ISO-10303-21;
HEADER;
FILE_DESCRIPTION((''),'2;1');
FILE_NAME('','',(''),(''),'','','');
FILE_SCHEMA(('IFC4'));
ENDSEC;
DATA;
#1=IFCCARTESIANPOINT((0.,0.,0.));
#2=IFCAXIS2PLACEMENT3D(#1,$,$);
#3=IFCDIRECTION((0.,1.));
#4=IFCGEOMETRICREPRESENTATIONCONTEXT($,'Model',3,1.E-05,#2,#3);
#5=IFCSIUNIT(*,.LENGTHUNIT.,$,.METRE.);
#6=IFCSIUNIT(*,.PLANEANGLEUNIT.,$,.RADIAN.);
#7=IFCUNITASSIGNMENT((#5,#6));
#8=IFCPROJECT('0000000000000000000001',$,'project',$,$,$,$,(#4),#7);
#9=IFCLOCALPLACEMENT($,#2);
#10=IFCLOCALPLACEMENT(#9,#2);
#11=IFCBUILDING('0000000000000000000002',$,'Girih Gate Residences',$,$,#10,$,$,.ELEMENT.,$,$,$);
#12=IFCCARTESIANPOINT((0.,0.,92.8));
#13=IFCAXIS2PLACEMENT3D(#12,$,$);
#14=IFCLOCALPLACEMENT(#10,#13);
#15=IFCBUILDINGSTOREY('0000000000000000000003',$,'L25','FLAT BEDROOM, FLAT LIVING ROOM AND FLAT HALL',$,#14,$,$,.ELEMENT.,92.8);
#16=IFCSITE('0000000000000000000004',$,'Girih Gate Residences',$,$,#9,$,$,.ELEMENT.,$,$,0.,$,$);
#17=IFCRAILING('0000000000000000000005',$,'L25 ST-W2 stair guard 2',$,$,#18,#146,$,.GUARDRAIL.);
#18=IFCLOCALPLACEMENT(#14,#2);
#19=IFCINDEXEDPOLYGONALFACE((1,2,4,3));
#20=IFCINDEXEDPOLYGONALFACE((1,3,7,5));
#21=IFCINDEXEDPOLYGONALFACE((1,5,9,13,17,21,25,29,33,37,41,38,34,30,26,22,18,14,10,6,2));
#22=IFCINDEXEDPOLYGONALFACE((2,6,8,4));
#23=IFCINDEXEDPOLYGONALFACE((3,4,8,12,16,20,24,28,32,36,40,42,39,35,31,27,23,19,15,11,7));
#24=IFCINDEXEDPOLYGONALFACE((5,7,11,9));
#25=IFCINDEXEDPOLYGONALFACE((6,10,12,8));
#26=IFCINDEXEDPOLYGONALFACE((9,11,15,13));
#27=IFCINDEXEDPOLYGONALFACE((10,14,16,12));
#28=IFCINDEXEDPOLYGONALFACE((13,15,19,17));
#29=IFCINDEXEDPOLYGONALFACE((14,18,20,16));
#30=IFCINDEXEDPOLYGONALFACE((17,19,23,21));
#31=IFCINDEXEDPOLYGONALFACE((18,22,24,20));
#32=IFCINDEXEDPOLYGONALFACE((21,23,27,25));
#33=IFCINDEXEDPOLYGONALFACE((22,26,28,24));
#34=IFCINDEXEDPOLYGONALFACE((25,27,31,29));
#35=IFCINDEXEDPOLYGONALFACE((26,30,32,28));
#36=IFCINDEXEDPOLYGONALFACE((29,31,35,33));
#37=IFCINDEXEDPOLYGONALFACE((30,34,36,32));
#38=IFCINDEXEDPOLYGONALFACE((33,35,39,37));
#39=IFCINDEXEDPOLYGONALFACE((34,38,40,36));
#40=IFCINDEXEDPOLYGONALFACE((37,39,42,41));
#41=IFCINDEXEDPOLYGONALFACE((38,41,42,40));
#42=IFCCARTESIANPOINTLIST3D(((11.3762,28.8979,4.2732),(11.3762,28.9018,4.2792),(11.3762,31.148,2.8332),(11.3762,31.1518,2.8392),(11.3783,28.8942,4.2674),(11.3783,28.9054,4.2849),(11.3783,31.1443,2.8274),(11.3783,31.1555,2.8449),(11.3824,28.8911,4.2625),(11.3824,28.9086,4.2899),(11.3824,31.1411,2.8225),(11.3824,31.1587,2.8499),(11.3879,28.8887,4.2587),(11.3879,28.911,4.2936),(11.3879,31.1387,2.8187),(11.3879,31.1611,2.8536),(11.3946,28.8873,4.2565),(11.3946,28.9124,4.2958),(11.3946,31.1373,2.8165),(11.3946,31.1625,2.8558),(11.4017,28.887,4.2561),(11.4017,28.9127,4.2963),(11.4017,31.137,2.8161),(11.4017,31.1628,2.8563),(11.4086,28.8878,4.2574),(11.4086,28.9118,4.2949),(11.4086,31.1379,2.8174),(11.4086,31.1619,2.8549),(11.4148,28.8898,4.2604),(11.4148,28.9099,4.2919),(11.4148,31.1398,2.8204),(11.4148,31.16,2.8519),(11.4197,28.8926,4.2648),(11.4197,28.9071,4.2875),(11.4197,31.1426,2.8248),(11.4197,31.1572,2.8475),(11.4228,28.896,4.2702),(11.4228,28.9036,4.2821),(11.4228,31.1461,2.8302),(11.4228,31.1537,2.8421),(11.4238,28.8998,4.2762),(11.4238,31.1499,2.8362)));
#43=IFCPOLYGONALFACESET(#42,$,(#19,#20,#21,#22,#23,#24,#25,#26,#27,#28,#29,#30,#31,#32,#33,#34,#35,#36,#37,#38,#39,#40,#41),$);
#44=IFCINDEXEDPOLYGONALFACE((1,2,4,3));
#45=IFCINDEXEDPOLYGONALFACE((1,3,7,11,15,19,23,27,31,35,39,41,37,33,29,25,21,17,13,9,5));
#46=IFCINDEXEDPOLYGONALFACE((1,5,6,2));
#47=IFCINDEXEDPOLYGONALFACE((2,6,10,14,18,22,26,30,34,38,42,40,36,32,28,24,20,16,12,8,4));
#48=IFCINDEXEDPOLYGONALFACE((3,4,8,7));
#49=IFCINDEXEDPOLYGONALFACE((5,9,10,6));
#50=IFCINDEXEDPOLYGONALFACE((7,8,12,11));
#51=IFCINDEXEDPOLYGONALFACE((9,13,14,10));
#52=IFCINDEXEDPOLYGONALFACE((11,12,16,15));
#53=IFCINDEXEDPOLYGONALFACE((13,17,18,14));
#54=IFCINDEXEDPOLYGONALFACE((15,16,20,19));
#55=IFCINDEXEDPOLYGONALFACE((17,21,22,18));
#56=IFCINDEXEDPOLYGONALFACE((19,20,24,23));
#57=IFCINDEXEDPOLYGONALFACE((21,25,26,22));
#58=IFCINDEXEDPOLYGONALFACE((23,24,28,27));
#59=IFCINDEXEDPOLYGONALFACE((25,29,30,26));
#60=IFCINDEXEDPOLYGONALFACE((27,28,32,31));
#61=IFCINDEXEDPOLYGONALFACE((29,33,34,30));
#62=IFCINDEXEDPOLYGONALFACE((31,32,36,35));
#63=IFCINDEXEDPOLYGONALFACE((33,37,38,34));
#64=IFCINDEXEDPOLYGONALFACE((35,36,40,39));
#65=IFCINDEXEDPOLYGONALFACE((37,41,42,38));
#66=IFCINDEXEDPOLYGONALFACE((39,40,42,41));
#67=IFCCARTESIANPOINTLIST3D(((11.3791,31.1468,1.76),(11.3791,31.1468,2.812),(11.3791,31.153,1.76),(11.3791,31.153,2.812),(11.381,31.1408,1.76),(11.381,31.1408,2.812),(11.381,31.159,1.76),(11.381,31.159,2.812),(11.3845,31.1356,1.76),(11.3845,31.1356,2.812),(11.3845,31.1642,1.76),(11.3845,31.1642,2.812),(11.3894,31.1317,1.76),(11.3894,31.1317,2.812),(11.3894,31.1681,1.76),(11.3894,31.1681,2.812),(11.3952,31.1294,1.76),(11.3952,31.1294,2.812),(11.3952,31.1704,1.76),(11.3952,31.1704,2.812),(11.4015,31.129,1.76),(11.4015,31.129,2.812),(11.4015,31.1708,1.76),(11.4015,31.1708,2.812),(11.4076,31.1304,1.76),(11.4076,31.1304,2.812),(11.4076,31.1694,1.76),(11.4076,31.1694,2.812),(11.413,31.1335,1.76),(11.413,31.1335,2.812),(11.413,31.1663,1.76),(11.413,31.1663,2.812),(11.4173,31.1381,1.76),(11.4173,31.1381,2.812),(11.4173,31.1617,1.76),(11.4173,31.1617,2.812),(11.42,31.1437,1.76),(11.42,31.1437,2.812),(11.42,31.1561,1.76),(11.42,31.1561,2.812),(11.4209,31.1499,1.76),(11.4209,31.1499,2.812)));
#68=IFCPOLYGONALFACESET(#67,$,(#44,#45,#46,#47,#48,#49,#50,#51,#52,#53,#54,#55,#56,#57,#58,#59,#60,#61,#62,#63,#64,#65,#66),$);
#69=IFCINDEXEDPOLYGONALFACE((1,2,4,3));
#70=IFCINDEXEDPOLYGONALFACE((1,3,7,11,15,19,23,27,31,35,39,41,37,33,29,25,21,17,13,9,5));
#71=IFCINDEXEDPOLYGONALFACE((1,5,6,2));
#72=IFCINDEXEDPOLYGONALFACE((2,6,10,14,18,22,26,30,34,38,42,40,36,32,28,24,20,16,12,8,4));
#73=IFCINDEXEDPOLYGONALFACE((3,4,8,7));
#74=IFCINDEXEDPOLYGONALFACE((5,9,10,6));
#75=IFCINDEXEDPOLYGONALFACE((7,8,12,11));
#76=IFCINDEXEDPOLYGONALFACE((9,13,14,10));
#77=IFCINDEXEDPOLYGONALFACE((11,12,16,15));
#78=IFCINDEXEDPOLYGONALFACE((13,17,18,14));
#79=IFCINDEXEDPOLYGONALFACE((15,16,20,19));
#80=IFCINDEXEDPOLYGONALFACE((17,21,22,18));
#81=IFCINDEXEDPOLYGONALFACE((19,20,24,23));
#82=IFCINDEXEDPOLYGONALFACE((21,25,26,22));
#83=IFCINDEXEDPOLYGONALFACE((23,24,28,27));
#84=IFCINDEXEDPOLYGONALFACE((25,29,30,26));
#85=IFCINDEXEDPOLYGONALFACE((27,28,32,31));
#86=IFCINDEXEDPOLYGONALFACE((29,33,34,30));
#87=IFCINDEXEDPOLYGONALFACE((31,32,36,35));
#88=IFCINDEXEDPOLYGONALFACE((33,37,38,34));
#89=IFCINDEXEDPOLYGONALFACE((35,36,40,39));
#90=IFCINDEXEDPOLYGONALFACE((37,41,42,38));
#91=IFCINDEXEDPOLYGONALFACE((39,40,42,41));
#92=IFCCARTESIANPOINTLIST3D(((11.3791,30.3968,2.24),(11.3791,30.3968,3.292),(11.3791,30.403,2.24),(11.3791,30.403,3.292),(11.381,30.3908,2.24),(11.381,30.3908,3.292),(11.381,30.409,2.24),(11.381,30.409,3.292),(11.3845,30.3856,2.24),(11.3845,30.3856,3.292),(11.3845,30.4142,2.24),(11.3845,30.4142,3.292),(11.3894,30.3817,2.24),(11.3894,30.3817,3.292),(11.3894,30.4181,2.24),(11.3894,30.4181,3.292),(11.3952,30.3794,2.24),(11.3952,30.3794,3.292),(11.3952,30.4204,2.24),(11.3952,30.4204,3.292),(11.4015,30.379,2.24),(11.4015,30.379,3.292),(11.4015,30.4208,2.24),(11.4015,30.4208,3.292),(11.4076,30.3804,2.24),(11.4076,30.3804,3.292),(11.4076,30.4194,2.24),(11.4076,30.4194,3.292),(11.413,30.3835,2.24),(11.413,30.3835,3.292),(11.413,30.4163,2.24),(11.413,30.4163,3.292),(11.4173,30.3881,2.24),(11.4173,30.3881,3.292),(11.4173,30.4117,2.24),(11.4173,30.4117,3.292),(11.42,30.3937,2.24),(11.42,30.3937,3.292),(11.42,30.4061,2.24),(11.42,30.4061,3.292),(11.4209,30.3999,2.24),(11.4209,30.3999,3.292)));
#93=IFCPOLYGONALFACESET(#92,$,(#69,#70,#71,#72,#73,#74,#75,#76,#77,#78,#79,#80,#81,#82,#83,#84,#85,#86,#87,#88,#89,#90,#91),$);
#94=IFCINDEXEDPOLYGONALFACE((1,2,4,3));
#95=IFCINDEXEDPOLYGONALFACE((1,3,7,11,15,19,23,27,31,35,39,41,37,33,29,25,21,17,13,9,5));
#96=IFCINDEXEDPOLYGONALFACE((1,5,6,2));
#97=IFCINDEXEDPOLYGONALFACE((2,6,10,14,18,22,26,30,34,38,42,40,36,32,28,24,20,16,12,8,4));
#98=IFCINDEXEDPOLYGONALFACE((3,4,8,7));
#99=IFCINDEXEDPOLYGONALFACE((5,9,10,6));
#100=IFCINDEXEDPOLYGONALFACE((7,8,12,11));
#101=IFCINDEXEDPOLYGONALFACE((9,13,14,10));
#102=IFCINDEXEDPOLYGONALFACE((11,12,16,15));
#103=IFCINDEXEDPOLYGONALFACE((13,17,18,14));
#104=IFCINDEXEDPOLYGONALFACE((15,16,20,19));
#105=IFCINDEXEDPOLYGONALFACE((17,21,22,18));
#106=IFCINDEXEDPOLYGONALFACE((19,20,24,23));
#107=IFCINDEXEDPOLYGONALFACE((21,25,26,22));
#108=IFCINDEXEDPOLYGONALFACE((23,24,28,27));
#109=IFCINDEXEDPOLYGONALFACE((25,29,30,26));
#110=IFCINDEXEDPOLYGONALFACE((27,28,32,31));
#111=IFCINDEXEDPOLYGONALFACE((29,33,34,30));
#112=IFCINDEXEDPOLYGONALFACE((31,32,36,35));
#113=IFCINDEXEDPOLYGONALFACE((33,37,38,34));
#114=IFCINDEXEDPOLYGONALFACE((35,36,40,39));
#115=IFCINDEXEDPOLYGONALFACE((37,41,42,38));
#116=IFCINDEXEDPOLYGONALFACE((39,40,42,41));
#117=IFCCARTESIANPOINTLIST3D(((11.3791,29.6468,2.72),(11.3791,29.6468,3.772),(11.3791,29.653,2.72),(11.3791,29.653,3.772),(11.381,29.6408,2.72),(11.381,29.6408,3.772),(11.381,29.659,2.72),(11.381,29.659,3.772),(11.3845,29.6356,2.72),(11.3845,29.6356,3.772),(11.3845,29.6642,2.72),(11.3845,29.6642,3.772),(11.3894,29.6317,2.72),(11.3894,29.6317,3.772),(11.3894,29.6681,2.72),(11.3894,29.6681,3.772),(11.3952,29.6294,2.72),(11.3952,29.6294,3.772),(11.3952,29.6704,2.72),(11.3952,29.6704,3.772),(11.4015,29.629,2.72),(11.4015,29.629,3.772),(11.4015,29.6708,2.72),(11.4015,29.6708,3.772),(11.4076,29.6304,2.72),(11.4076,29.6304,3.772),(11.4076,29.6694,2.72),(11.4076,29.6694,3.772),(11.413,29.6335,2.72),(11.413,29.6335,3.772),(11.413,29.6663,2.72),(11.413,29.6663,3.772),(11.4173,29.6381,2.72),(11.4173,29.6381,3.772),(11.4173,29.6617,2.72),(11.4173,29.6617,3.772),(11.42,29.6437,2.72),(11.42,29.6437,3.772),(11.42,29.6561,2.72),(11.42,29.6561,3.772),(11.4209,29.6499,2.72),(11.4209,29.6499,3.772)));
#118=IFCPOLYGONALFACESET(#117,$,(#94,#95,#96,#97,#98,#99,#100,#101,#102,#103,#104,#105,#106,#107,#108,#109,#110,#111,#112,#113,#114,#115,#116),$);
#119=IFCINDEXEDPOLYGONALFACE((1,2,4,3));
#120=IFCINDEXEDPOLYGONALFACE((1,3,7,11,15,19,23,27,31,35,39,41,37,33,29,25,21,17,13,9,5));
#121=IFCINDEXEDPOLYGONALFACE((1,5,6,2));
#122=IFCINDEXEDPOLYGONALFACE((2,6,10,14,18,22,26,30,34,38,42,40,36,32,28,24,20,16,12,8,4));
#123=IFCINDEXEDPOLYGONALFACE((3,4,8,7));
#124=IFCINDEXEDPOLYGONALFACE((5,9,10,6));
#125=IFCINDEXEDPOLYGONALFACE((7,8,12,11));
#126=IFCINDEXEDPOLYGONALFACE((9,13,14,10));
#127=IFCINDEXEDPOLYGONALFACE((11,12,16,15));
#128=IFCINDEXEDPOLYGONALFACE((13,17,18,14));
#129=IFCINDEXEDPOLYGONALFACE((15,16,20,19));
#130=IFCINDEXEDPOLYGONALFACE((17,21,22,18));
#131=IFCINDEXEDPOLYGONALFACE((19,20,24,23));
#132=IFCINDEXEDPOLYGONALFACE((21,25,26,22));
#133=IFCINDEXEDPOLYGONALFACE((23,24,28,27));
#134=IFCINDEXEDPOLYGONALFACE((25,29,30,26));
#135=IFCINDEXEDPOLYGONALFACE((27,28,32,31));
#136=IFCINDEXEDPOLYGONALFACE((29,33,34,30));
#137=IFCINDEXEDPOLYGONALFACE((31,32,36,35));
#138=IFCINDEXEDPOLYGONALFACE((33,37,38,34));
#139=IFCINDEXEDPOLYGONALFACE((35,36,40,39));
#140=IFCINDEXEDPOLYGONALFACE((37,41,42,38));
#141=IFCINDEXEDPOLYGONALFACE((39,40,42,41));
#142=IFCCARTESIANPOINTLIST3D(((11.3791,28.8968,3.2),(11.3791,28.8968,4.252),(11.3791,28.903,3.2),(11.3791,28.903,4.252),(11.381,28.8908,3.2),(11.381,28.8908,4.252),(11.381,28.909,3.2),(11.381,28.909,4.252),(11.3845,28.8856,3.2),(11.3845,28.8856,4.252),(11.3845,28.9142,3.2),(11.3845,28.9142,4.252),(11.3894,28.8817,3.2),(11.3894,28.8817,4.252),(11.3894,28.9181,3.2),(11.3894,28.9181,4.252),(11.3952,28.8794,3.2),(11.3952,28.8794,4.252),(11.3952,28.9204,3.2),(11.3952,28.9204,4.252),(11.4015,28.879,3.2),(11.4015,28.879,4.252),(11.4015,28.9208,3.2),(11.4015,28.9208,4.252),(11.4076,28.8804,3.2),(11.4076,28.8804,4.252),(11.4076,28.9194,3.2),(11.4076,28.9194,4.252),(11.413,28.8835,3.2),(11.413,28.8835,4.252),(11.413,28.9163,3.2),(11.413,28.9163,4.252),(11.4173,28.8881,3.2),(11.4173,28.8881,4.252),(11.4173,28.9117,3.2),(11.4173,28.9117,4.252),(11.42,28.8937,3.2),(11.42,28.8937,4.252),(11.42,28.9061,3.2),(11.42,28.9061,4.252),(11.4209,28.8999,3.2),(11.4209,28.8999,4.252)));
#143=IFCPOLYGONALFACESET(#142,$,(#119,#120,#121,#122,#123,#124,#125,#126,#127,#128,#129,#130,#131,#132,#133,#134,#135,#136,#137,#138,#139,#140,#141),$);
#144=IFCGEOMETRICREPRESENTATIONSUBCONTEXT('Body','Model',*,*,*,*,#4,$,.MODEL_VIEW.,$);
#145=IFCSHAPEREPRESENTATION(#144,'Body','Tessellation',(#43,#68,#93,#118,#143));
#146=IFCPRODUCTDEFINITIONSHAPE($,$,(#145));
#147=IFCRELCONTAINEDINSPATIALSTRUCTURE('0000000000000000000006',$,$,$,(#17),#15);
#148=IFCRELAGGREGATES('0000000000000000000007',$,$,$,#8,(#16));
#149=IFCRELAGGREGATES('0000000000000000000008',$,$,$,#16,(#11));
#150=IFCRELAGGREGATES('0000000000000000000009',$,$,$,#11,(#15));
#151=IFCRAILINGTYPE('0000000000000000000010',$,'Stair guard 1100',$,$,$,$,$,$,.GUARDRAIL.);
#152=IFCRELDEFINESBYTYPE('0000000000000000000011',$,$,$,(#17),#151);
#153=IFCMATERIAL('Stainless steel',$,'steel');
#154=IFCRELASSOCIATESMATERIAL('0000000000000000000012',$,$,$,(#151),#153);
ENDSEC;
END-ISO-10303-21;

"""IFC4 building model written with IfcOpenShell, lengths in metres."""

from ifc_helpers import new_model, si_unit, direction, frame, origin, origin_2d, place, context, subcontext, project, spatial, circle, extrude, material, type_object, element, save


model = new_model("IFC4")

# Units and contexts
model_context = context("Model", 3, precision=1e-05, world=origin(), true_north=direction((0.0, 1.0)))
body_context = subcontext(model_context, "Body", "Model", "MODEL_VIEW")
ifc_project = project(units=[si_unit("LENGTHUNIT", "METRE"), si_unit("PLANEANGLEUNIT", "RADIAN")], contexts=[model_context])

# Site, building, storey
site_placement = place(None, origin())
site = spatial("IfcSite", under=ifc_project, at=site_placement, Name="Girih Gate Residences", CompositionType="ELEMENT", RefElevation=0.0)
building_placement = place(site_placement, origin())
building = spatial("IfcBuilding", under=site, at=building_placement, Name="Girih Gate Residences", CompositionType="ELEMENT")
storey_placement = place(building_placement, frame((0.0, 0.0, 92.8)))
storey = spatial("IfcBuildingStorey", under=building, at=storey_placement, Name="L25", Description="FLAT BEDROOM, FLAT LIVING ROOM AND FLAT HALL", CompositionType="ELEMENT", Elevation=92.8)

# Railing
ifc_material_1 = material(Name="Stainless steel", Category="steel")
railing_type_1 = type_object("IfcRailingType", Name="Stair guard 1100", PredefinedType="GUARDRAIL", material=ifc_material_1)
railing_1_placement = place(storey_placement, frame((11.3999, 31.1499, 1.76)))
element("IfcRailing", 1, at=railing_1_placement, inside=storey, type_object=railing_type_1, Name="L25 ST-W2 stair guard 2", PredefinedType="GUARDRAIL", context=body_context, shape_type="SweptSolid", body=[
    extrude(circle(Radius=0.0239, at=origin_2d()), frame((0.0, 0.0, 1.0762), z_axis=(0.0, -0.842281, 0.539038), x_axis=(1.0, 0.0, 0.0)), (0.0, 0.0, 1.0), 2.6714),
    extrude(circle(Radius=0.021, at=origin_2d()), origin(), (0.0, 0.0, 1.0), 1.052),
    extrude(circle(Radius=0.021, at=origin_2d()), frame((0.0, -0.75, 0.48)), (0.0, 0.0, 1.0), 1.052),
    extrude(circle(Radius=0.021, at=origin_2d()), frame((0.0, -1.5, 0.96)), (0.0, 0.0, 1.0), 1.052),
    extrude(circle(Radius=0.021, at=origin_2d()), frame((0.0, -2.25, 1.4399)), (0.0, 0.0, 1.0), 1.052),
])

save(model, "model.ifc")
